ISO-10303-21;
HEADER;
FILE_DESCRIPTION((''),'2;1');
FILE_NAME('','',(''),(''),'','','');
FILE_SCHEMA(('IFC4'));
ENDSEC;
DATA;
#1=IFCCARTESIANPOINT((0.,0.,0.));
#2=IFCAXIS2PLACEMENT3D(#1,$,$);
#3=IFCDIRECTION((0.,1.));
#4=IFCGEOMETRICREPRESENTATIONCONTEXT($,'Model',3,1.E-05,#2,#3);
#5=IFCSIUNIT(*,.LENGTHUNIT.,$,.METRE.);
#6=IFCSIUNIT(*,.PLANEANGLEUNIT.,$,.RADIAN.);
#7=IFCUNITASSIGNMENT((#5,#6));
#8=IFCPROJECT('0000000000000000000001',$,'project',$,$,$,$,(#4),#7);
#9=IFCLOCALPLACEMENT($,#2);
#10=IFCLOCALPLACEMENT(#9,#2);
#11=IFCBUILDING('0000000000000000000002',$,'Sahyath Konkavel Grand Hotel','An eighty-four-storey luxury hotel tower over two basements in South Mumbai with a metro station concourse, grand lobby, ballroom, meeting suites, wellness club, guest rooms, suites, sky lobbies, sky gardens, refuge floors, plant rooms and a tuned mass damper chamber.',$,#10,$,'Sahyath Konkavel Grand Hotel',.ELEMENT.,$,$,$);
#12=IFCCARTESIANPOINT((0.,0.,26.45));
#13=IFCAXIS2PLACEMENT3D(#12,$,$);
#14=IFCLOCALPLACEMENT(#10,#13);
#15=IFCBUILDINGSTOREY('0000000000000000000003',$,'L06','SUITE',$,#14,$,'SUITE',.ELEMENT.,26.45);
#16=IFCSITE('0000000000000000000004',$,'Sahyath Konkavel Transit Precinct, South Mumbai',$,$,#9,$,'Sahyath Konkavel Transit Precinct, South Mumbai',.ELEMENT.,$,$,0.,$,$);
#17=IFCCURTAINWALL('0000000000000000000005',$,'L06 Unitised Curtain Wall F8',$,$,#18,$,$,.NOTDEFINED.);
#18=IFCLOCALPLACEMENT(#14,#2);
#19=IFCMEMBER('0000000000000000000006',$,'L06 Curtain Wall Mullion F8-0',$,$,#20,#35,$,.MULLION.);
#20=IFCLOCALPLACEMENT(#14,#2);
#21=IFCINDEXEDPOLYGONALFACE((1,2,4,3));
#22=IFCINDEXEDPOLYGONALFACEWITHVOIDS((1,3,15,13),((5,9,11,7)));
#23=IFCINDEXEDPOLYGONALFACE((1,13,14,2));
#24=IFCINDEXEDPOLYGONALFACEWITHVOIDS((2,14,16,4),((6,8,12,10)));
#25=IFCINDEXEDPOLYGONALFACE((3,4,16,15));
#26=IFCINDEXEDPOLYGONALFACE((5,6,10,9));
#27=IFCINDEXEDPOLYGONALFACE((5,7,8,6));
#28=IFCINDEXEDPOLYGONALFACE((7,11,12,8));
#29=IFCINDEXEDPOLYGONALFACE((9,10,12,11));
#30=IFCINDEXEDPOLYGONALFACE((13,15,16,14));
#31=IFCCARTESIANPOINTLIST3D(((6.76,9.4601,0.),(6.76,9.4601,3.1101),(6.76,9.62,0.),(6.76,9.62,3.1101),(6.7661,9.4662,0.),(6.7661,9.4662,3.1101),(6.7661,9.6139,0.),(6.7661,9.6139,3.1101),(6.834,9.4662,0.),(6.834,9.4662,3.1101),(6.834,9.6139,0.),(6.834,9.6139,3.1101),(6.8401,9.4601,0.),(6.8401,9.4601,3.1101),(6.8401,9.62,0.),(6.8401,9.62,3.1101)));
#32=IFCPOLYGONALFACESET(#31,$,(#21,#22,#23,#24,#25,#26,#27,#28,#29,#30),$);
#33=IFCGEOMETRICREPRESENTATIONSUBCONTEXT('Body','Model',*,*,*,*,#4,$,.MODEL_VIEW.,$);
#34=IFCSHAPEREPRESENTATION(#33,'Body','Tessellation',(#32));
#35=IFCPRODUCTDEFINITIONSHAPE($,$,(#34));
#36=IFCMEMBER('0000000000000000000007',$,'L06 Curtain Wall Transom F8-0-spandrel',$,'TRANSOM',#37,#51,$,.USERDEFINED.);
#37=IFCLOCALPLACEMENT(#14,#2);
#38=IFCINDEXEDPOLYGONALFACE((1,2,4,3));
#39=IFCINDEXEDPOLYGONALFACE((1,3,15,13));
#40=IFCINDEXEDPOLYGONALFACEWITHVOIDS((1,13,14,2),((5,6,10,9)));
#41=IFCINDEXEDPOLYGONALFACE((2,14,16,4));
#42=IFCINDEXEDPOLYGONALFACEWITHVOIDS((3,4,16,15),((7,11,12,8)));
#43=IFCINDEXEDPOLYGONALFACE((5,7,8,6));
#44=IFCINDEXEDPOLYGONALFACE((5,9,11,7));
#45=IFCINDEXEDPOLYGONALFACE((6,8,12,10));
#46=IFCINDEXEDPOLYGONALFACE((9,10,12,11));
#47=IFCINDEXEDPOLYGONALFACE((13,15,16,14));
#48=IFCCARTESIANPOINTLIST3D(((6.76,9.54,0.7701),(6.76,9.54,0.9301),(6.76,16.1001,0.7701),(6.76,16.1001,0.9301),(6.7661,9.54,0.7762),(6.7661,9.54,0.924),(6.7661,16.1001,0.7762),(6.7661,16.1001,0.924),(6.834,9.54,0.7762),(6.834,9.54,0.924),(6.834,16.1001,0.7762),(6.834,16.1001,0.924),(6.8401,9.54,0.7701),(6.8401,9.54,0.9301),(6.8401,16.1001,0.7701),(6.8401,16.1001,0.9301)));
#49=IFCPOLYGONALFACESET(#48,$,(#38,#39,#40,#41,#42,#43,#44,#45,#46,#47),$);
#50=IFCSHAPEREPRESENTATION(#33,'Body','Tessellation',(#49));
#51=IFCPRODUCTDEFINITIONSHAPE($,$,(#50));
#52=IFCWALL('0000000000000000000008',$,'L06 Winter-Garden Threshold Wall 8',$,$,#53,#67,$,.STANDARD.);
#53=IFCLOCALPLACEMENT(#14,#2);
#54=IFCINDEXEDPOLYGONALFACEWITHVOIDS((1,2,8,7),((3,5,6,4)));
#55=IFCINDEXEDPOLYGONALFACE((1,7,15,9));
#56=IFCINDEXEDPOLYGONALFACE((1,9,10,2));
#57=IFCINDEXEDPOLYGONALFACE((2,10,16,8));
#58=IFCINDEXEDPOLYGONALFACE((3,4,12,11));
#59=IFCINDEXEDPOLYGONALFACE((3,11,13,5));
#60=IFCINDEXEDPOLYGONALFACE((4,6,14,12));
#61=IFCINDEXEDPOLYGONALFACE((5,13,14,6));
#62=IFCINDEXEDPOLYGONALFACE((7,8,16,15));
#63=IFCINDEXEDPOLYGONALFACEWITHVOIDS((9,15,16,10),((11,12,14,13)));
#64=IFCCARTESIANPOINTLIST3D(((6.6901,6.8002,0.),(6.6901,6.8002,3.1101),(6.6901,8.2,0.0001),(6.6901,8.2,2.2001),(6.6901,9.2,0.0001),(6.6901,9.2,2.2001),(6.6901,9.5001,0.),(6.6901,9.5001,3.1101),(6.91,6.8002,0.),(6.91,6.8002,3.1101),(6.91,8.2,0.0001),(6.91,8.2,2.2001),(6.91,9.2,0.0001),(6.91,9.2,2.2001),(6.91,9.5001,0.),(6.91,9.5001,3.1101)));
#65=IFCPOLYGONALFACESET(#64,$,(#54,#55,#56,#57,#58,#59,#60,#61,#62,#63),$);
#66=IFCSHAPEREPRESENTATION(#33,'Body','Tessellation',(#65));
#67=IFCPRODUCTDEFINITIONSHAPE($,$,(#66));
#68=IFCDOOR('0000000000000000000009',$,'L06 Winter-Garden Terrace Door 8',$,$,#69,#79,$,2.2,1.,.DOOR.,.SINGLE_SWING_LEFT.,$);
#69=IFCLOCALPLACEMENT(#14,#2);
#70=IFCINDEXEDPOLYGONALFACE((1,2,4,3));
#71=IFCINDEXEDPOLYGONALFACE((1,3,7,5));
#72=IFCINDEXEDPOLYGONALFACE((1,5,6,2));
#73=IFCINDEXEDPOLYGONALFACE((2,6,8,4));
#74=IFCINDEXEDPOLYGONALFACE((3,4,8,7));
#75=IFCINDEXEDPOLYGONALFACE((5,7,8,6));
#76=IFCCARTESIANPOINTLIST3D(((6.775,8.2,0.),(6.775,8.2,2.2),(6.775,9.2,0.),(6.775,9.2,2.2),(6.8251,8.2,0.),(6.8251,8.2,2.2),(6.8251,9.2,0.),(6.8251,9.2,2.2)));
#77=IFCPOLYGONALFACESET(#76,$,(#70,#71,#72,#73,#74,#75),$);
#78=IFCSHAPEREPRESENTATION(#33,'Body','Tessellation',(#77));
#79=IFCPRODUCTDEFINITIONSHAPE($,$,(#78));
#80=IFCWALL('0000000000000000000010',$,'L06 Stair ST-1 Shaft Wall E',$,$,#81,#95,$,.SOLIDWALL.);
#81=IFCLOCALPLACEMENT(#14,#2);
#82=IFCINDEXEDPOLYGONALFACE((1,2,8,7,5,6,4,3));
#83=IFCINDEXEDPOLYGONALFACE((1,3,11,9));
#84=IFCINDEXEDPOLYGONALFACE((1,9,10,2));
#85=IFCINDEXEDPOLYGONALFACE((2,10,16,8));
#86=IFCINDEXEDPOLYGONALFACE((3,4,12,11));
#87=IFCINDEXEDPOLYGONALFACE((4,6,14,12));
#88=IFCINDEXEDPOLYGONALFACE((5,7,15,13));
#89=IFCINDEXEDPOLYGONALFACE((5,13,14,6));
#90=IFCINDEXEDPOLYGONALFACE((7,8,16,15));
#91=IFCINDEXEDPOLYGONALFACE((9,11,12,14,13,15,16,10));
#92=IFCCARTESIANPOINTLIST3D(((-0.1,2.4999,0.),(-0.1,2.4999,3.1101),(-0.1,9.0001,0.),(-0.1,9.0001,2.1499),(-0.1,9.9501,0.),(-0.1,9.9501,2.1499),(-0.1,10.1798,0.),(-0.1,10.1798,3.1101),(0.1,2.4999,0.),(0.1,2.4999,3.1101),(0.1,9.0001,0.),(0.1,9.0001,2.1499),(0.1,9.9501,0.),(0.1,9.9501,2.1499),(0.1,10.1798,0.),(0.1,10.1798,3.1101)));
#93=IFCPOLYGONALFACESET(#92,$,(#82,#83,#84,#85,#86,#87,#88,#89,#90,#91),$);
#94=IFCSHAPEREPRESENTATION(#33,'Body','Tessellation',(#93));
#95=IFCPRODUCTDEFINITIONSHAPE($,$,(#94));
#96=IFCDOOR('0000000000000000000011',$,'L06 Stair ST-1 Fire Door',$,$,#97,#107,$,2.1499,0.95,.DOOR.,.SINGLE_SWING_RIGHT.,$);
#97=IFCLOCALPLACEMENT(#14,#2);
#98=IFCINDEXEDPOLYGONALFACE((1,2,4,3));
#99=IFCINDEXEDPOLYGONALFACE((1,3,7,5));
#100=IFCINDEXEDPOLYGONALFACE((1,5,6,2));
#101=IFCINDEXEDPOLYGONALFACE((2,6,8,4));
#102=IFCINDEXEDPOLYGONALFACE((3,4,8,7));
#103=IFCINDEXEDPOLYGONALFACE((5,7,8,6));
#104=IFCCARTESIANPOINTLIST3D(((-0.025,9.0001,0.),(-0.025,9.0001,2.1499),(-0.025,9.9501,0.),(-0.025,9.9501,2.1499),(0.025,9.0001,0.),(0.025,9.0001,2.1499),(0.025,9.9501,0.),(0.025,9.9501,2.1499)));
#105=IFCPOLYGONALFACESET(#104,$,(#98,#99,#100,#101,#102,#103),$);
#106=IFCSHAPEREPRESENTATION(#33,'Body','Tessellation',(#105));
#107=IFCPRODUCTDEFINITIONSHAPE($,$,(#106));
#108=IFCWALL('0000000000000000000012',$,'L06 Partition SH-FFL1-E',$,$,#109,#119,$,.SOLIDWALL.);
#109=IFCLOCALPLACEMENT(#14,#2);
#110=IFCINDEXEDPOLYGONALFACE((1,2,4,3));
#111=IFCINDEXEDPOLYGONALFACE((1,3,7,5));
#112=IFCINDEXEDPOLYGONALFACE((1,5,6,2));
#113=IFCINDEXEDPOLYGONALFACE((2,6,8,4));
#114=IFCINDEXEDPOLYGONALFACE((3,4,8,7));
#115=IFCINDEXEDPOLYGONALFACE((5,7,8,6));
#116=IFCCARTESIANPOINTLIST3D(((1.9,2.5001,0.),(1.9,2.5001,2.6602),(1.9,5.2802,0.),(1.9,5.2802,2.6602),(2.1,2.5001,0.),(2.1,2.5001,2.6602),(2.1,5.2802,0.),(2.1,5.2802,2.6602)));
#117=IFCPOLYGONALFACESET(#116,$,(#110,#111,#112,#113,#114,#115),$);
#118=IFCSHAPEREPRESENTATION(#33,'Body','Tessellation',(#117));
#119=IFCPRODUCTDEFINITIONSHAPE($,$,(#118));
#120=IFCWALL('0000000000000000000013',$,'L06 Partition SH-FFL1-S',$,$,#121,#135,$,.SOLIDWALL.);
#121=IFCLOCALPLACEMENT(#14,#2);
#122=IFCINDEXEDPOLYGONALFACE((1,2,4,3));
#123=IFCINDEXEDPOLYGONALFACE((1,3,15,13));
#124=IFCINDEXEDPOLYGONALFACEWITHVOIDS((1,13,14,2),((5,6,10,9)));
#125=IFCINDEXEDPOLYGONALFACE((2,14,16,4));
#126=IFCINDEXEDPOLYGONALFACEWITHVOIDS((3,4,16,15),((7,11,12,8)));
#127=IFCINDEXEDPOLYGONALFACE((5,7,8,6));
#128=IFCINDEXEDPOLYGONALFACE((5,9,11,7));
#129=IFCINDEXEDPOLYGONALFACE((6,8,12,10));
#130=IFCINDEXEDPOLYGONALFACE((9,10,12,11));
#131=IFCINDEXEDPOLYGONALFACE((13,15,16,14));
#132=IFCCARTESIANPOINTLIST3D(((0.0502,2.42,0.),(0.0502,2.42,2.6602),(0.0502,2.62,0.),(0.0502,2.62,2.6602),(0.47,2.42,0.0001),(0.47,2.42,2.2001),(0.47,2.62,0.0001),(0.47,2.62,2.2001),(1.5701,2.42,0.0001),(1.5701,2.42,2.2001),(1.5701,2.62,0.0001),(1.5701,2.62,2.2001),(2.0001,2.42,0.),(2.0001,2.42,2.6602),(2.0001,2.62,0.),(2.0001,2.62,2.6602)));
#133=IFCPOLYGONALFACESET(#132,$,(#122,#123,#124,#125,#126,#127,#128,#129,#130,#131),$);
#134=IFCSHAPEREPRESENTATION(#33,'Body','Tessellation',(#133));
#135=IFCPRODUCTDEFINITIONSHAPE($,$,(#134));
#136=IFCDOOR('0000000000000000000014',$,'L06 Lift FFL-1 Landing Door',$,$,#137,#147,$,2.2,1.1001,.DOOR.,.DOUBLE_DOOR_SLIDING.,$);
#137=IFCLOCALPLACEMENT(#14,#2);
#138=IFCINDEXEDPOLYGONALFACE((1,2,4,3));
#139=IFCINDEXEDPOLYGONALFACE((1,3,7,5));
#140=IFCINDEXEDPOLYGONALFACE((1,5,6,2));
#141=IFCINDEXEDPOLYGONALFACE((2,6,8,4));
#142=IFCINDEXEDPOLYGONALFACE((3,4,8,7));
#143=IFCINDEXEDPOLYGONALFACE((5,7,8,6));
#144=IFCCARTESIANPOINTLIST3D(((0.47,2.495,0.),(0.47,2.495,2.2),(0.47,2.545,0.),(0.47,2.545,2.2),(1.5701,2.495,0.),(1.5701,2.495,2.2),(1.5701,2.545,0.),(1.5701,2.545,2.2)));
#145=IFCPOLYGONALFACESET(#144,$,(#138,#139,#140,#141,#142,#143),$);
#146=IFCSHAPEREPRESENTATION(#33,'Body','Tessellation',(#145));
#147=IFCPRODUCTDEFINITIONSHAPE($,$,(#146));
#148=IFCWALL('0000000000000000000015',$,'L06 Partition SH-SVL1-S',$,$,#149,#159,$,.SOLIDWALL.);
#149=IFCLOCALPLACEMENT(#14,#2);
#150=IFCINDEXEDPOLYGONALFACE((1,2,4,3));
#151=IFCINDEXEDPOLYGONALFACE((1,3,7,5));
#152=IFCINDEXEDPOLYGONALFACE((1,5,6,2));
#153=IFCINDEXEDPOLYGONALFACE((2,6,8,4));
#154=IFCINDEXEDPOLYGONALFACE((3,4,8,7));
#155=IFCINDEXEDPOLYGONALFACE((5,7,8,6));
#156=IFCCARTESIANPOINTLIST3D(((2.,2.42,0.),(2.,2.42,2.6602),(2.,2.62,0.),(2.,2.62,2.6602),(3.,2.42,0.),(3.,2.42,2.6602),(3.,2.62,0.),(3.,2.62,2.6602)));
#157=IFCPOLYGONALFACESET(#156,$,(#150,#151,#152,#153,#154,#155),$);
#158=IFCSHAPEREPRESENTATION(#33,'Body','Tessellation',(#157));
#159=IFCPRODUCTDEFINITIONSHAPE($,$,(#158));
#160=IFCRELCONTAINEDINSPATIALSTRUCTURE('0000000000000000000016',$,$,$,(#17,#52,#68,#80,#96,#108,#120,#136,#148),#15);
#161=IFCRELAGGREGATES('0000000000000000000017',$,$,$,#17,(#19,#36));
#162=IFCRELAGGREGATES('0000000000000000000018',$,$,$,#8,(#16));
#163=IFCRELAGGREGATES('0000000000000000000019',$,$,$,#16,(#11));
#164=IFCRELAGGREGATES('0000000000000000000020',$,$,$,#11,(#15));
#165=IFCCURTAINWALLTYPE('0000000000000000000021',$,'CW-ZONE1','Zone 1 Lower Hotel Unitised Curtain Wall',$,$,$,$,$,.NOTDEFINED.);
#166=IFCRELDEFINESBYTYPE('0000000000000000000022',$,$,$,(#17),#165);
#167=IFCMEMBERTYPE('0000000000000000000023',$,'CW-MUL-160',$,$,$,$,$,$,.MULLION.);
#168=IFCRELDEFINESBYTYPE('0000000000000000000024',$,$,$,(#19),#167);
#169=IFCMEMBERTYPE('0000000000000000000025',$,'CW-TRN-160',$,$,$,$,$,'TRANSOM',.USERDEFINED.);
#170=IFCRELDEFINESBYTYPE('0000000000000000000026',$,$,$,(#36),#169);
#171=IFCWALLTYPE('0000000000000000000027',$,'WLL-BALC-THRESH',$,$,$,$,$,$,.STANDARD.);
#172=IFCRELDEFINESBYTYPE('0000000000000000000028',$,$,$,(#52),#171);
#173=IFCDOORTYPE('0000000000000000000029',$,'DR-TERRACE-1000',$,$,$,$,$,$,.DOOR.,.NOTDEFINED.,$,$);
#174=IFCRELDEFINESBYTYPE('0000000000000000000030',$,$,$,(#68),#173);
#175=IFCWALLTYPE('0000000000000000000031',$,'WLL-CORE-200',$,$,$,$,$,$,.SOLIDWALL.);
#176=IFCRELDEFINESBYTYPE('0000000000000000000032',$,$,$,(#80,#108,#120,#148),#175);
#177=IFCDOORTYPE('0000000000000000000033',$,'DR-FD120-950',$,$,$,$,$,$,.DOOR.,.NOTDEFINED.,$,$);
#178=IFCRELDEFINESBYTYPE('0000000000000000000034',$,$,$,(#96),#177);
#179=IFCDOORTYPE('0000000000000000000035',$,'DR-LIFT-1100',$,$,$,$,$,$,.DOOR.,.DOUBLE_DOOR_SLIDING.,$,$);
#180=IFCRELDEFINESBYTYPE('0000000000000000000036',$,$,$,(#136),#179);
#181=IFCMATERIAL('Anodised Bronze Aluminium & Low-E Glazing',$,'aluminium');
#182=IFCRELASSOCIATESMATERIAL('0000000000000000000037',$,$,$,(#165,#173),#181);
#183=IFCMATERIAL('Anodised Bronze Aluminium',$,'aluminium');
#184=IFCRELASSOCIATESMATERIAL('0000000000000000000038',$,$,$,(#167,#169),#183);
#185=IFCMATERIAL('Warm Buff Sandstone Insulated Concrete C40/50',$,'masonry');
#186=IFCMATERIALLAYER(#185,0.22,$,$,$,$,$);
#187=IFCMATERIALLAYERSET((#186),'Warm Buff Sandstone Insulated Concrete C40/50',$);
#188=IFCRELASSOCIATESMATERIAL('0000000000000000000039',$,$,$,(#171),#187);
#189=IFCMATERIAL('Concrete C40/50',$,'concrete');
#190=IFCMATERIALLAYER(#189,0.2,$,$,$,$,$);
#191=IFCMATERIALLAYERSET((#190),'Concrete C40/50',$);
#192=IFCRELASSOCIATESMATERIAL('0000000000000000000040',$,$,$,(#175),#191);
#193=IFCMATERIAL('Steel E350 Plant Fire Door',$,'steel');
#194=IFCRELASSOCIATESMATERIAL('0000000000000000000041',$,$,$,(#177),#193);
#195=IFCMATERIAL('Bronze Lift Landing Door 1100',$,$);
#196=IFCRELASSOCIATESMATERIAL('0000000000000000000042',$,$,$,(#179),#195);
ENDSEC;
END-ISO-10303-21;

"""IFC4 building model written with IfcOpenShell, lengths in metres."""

from ifc_helpers import new_model, si_unit, direction, frame, frame_2d, origin, origin_2d, place, context, subcontext, project, spatial, rectangle, hollow_rectangle, extrude, source, transform, mapped, material, layer, layer_set, material_profile, profile_set, type_object, element, fill, aggregate, save


model = new_model("IFC4")

# Units and contexts
model_context = context("Model", 3, precision=1e-05, world=origin(), true_north=direction((0.0, 1.0)))
body_context = subcontext(model_context, "Body", "Model", "MODEL_VIEW")
ifc_project = project(units=[si_unit("LENGTHUNIT", "METRE"), si_unit("PLANEANGLEUNIT", "RADIAN")], contexts=[model_context])

# Site, building, storey
site_placement = place(None, origin())
site = spatial("IfcSite", under=ifc_project, at=site_placement, Name="Sahyath Konkavel Transit Precinct, South Mumbai", LongName="Sahyath Konkavel Transit Precinct, South Mumbai", CompositionType="ELEMENT", RefElevation=0.0)
building_placement = place(site_placement, origin())
building = spatial("IfcBuilding", under=site, at=building_placement, Name="Sahyath Konkavel Grand Hotel", Description="An eighty-four-storey luxury hotel tower over two basements in South Mumbai with a metro station concourse, grand lobby, ballroom, meeting suites, wellness club, guest rooms, suites, sky lobbies, sky gardens, refuge floors, plant rooms and a tuned mass damper chamber.", LongName="Sahyath Konkavel Grand Hotel", CompositionType="ELEMENT")
storey_placement = place(building_placement, frame((0.0, 0.0, 26.45)))
storey = spatial("IfcBuildingStorey", under=building, at=storey_placement, Name="L06", Description="SUITE", LongName="SUITE", CompositionType="ELEMENT", Elevation=26.45)

# Curtain wall, members
ifc_material_1 = material(Name="Anodised Bronze Aluminium & Low-E Glazing", Category="aluminium")
curtain_wall_type = type_object("IfcCurtainWallType", Name="CW-ZONE1", Description="Zone 1 Lower Hotel Unitised Curtain Wall", PredefinedType="NOTDEFINED", material=ifc_material_1)
curtain_wall_placement = place(storey_placement, origin())
curtain_wall = element("IfcCurtainWall", 1, at=curtain_wall_placement, inside=storey, type_object=curtain_wall_type, Name="L06 Unitised Curtain Wall F8", PredefinedType="NOTDEFINED")
ifc_material_2 = material(Name="Anodised Bronze Aluminium", Category="aluminium")
ifc_material_profile_1 = material_profile(ifc_material_2, hollow_rectangle(XDim=0.0801, YDim=0.1599, WallThickness=0.0061, at=origin_2d()), Name="RHS 160x80x6")
ifc_profile_set_1 = profile_set([ifc_material_profile_1], Name="Anodised Bronze Aluminium")
member_type_1 = type_object("IfcMemberType", Name="CW-MUL-160", PredefinedType="MULLION", material=ifc_profile_set_1)
shared_shape_1 = source(origin(), body_context, "Body", "SweptSolid", [
    extrude(hollow_rectangle(XDim=0.0801, YDim=0.1599, WallThickness=0.0061, at=origin_2d()), origin(), (0.0, 0.0, 1.0), 3.1101),
])
member_1_placement = place(storey_placement, frame((6.8, 9.54, 0.0), z_axis=(0.0, 0.0, 1.0), x_axis=(1.0, 0.0, 0.0)))
member_1 = element("IfcMember", 2, at=member_1_placement, type_object=member_type_1, Name="L06 Curtain Wall Mullion F8-0", PredefinedType="MULLION", context=body_context, shape_type="MappedRepresentation", body=[
    mapped(shared_shape_1, transform((0.0, 0.0, 0.0), scale=1.0)),
])
ifc_material_profile_2 = material_profile(ifc_material_2, hollow_rectangle(XDim=0.0801, YDim=0.1599, WallThickness=0.0061, at=origin_2d()), Name="RHS 160x80x6")
ifc_profile_set_2 = profile_set([ifc_material_profile_2], Name="Anodised Bronze Aluminium")
member_type_2 = type_object("IfcMemberType", Name="CW-TRN-160", ElementType="TRANSOM", PredefinedType="USERDEFINED", material=ifc_profile_set_2)
shared_shape_2 = source(origin(), body_context, "Body", "SweptSolid", [
    extrude(hollow_rectangle(XDim=0.0801, YDim=0.1599, WallThickness=0.0061, at=origin_2d()), origin(), (0.0, 0.0, 1.0), 6.5601),
])
member_2_placement = place(storey_placement, frame((6.8, 9.54, 0.8501), z_axis=(0.0, 1.0, 0.0), x_axis=(-1.0, 0.0, 0.0)))
member_2 = element("IfcMember", 3, at=member_2_placement, type_object=member_type_2, Name="L06 Curtain Wall Transom F8-0-spandrel", ObjectType="TRANSOM", PredefinedType="USERDEFINED", context=body_context, shape_type="MappedRepresentation", body=[
    mapped(shared_shape_2, transform((0.0, 0.0, 0.0), scale=1.0)),
])
aggregate(curtain_wall, [member_1, member_2])

# Walls, openings, doors
ifc_material_3 = material(Name="Warm Buff Sandstone Insulated Concrete C40/50", Category="masonry")
ifc_layer_1 = layer(ifc_material_3, 0.22)
ifc_layer_set_1 = layer_set([ifc_layer_1], Name="Warm Buff Sandstone Insulated Concrete C40/50")
wall_type_1 = type_object("IfcWallType", Name="WLL-BALC-THRESH", PredefinedType="STANDARD", material=ifc_layer_set_1)
wall_1_placement = place(storey_placement, frame((6.8, 6.8, 0.0), z_axis=(0.0, 0.0, 1.0), x_axis=(0.0, 1.0, 0.0)))
wall_1 = element("IfcWall", 4, at=wall_1_placement, inside=storey, type_object=wall_type_1, Name="L06 Winter-Garden Threshold Wall 8", PredefinedType="STANDARD", context=body_context, shape_type="SweptSolid", body=[
    extrude(rectangle(XDim=2.7, YDim=0.22, at=frame_2d((1.3501, 0.0))), origin(), (0.0, 0.0, 1.0), 3.1101),
])
opening_1_placement = place(wall_1_placement, frame((1.3999, 0.0, 0.0)))
opening_1 = element("IfcOpeningElement", 5, at=opening_1_placement, cuts=wall_1, PredefinedType="OPENING", context=body_context, shape_type="SweptSolid", body=[
    extrude(rectangle(XDim=1.0, YDim=2.2, at=frame_2d((0.5, 1.1001))), frame((0.0, 0.1201, 0.0), z_axis=(0.0, -1.0, 0.0), x_axis=(1.0, 0.0, 0.0)), (0.0, 0.0, 1.0), 0.24),
])
door_type_1 = type_object("IfcDoorType", Name="DR-TERRACE-1000", OperationType="NOTDEFINED", PredefinedType="DOOR", material=ifc_material_1)
shared_shape_3 = source(origin(), body_context, "Body", "SweptSolid", [
    extrude(rectangle(XDim=1.0, YDim=0.05, at=origin_2d()), origin(), (0.0, 0.0, 1.0), 2.2),
])
door_1_placement = place(opening_1_placement, frame((0.5, 0.0, 0.0)))
door_1 = element("IfcDoor", 6, at=door_1_placement, inside=storey, type_object=door_type_1, Name="L06 Winter-Garden Terrace Door 8", OperationType="SINGLE_SWING_LEFT", OverallHeight=2.2, OverallWidth=1.0, PredefinedType="DOOR", context=body_context, shape_type="MappedRepresentation", body=[
    mapped(shared_shape_3, transform((0.0, 0.0, 0.0), scale=1.0)),
])
fill(opening_1, door_1)
ifc_material_4 = material(Name="Concrete C40/50", Category="concrete")
ifc_layer_2 = layer(ifc_material_4, 0.2)
ifc_layer_set_2 = layer_set([ifc_layer_2], Name="Concrete C40/50")
wall_type_2 = type_object("IfcWallType", Name="WLL-CORE-200", PredefinedType="SOLIDWALL", material=ifc_layer_set_2)
wall_2_placement = place(storey_placement, frame((0.0, 2.5, 0.0), z_axis=(0.0, 0.0, 1.0), x_axis=(0.0, 1.0, 0.0)))
wall_2 = element("IfcWall", 7, at=wall_2_placement, inside=storey, type_object=wall_type_2, Name="L06 Stair ST-1 Shaft Wall E", PredefinedType="SOLIDWALL", context=body_context, shape_type="SweptSolid", body=[
    extrude(rectangle(XDim=7.6799, YDim=0.2, at=frame_2d((3.8398, 0.0))), origin(), (0.0, 0.0, 1.0), 3.1101),
])
opening_2_placement = place(wall_2_placement, frame((6.5, 0.0, 0.0)))
opening_2 = element("IfcOpeningElement", 8, at=opening_2_placement, cuts=wall_2, PredefinedType="OPENING", context=body_context, shape_type="SweptSolid", body=[
    extrude(rectangle(XDim=0.95, YDim=2.1499, at=frame_2d((0.4751, 1.075))), frame((0.0, 0.1099, 0.0), z_axis=(0.0, -1.0, 0.0), x_axis=(1.0, 0.0, 0.0)), (0.0, 0.0, 1.0), 0.22),
])
ifc_material_5 = material(Name="Steel E350 Plant Fire Door", Category="steel")
door_type_2 = type_object("IfcDoorType", Name="DR-FD120-950", OperationType="NOTDEFINED", PredefinedType="DOOR", material=ifc_material_5)
shared_shape_4 = source(origin(), body_context, "Body", "SweptSolid", [
    extrude(rectangle(XDim=0.95, YDim=0.05, at=origin_2d()), origin(), (0.0, 0.0, 1.0), 2.1499),
])
door_2_placement = place(opening_2_placement, frame((0.4751, 0.0, 0.0)))
door_2 = element("IfcDoor", 9, at=door_2_placement, inside=storey, type_object=door_type_2, Name="L06 Stair ST-1 Fire Door", OperationType="SINGLE_SWING_RIGHT", OverallHeight=2.1499, OverallWidth=0.95, PredefinedType="DOOR", context=body_context, shape_type="MappedRepresentation", body=[
    mapped(shared_shape_4, transform((0.0, 0.0, 0.0), scale=1.0)),
])
fill(opening_2, door_2)

# Wall
wall_3_placement = place(storey_placement, frame((2.0, 2.5, 0.0), z_axis=(0.0, 0.0, 1.0), x_axis=(0.0, 1.0, 0.0)))
element("IfcWall", 10, at=wall_3_placement, inside=storey, type_object=wall_type_2, Name="L06 Partition SH-FFL1-E", PredefinedType="SOLIDWALL", context=body_context, shape_type="SweptSolid", body=[
    extrude(rectangle(XDim=2.78, YDim=0.2, at=frame_2d((1.3901, 0.0))), origin(), (0.0, 0.0, 1.0), 2.6602),
])

# Wall, opening, door
wall_4_placement = place(storey_placement, frame((0.05, 2.52, 0.0), z_axis=(0.0, 0.0, 1.0), x_axis=(1.0, 0.0, 0.0)))
wall_4 = element("IfcWall", 11, at=wall_4_placement, inside=storey, type_object=wall_type_2, Name="L06 Partition SH-FFL1-S", PredefinedType="SOLIDWALL", context=body_context, shape_type="SweptSolid", body=[
    extrude(rectangle(XDim=1.95, YDim=0.2, at=frame_2d((0.9751, 0.0))), origin(), (0.0, 0.0, 1.0), 2.6602),
])
opening_3_placement = place(wall_4_placement, frame((0.4199, 0.0, 0.0)))
opening_3 = element("IfcOpeningElement", 12, at=opening_3_placement, cuts=wall_4, PredefinedType="OPENING", context=body_context, shape_type="SweptSolid", body=[
    extrude(rectangle(XDim=1.1001, YDim=2.2, at=frame_2d((0.55, 1.1001))), frame((0.0, 0.1099, 0.0), z_axis=(0.0, -1.0, 0.0), x_axis=(1.0, 0.0, 0.0)), (0.0, 0.0, 1.0), 0.22),
])
ifc_material_6 = material(Name="Bronze Lift Landing Door 1100")
door_type_3 = type_object("IfcDoorType", Name="DR-LIFT-1100", OperationType="DOUBLE_DOOR_SLIDING", PredefinedType="DOOR", material=ifc_material_6)
shared_shape_5 = source(origin(), body_context, "Body", "SweptSolid", [
    extrude(rectangle(XDim=1.1001, YDim=0.05, at=origin_2d()), origin(), (0.0, 0.0, 1.0), 2.2),
])
door_3_placement = place(opening_3_placement, frame((0.55, 0.0, 0.0)))
door_3 = element("IfcDoor", 13, at=door_3_placement, inside=storey, type_object=door_type_3, Name="L06 Lift FFL-1 Landing Door", OperationType="DOUBLE_DOOR_SLIDING", OverallHeight=2.2, OverallWidth=1.1001, PredefinedType="DOOR", context=body_context, shape_type="MappedRepresentation", body=[
    mapped(shared_shape_5, transform((0.0, 0.0, 0.0), scale=1.0)),
])
fill(opening_3, door_3)

# Wall
wall_5_placement = place(storey_placement, frame((2.0, 2.52, 0.0), z_axis=(0.0, 0.0, 1.0), x_axis=(1.0, 0.0, 0.0)))
element("IfcWall", 14, at=wall_5_placement, inside=storey, type_object=wall_type_2, Name="L06 Partition SH-SVL1-S", PredefinedType="SOLIDWALL", context=body_context, shape_type="SweptSolid", body=[
    extrude(rectangle(XDim=1.0, YDim=0.2, at=frame_2d((0.5, 0.0))), origin(), (0.0, 0.0, 1.0), 2.6602),
])

save(model, "model.ifc")
